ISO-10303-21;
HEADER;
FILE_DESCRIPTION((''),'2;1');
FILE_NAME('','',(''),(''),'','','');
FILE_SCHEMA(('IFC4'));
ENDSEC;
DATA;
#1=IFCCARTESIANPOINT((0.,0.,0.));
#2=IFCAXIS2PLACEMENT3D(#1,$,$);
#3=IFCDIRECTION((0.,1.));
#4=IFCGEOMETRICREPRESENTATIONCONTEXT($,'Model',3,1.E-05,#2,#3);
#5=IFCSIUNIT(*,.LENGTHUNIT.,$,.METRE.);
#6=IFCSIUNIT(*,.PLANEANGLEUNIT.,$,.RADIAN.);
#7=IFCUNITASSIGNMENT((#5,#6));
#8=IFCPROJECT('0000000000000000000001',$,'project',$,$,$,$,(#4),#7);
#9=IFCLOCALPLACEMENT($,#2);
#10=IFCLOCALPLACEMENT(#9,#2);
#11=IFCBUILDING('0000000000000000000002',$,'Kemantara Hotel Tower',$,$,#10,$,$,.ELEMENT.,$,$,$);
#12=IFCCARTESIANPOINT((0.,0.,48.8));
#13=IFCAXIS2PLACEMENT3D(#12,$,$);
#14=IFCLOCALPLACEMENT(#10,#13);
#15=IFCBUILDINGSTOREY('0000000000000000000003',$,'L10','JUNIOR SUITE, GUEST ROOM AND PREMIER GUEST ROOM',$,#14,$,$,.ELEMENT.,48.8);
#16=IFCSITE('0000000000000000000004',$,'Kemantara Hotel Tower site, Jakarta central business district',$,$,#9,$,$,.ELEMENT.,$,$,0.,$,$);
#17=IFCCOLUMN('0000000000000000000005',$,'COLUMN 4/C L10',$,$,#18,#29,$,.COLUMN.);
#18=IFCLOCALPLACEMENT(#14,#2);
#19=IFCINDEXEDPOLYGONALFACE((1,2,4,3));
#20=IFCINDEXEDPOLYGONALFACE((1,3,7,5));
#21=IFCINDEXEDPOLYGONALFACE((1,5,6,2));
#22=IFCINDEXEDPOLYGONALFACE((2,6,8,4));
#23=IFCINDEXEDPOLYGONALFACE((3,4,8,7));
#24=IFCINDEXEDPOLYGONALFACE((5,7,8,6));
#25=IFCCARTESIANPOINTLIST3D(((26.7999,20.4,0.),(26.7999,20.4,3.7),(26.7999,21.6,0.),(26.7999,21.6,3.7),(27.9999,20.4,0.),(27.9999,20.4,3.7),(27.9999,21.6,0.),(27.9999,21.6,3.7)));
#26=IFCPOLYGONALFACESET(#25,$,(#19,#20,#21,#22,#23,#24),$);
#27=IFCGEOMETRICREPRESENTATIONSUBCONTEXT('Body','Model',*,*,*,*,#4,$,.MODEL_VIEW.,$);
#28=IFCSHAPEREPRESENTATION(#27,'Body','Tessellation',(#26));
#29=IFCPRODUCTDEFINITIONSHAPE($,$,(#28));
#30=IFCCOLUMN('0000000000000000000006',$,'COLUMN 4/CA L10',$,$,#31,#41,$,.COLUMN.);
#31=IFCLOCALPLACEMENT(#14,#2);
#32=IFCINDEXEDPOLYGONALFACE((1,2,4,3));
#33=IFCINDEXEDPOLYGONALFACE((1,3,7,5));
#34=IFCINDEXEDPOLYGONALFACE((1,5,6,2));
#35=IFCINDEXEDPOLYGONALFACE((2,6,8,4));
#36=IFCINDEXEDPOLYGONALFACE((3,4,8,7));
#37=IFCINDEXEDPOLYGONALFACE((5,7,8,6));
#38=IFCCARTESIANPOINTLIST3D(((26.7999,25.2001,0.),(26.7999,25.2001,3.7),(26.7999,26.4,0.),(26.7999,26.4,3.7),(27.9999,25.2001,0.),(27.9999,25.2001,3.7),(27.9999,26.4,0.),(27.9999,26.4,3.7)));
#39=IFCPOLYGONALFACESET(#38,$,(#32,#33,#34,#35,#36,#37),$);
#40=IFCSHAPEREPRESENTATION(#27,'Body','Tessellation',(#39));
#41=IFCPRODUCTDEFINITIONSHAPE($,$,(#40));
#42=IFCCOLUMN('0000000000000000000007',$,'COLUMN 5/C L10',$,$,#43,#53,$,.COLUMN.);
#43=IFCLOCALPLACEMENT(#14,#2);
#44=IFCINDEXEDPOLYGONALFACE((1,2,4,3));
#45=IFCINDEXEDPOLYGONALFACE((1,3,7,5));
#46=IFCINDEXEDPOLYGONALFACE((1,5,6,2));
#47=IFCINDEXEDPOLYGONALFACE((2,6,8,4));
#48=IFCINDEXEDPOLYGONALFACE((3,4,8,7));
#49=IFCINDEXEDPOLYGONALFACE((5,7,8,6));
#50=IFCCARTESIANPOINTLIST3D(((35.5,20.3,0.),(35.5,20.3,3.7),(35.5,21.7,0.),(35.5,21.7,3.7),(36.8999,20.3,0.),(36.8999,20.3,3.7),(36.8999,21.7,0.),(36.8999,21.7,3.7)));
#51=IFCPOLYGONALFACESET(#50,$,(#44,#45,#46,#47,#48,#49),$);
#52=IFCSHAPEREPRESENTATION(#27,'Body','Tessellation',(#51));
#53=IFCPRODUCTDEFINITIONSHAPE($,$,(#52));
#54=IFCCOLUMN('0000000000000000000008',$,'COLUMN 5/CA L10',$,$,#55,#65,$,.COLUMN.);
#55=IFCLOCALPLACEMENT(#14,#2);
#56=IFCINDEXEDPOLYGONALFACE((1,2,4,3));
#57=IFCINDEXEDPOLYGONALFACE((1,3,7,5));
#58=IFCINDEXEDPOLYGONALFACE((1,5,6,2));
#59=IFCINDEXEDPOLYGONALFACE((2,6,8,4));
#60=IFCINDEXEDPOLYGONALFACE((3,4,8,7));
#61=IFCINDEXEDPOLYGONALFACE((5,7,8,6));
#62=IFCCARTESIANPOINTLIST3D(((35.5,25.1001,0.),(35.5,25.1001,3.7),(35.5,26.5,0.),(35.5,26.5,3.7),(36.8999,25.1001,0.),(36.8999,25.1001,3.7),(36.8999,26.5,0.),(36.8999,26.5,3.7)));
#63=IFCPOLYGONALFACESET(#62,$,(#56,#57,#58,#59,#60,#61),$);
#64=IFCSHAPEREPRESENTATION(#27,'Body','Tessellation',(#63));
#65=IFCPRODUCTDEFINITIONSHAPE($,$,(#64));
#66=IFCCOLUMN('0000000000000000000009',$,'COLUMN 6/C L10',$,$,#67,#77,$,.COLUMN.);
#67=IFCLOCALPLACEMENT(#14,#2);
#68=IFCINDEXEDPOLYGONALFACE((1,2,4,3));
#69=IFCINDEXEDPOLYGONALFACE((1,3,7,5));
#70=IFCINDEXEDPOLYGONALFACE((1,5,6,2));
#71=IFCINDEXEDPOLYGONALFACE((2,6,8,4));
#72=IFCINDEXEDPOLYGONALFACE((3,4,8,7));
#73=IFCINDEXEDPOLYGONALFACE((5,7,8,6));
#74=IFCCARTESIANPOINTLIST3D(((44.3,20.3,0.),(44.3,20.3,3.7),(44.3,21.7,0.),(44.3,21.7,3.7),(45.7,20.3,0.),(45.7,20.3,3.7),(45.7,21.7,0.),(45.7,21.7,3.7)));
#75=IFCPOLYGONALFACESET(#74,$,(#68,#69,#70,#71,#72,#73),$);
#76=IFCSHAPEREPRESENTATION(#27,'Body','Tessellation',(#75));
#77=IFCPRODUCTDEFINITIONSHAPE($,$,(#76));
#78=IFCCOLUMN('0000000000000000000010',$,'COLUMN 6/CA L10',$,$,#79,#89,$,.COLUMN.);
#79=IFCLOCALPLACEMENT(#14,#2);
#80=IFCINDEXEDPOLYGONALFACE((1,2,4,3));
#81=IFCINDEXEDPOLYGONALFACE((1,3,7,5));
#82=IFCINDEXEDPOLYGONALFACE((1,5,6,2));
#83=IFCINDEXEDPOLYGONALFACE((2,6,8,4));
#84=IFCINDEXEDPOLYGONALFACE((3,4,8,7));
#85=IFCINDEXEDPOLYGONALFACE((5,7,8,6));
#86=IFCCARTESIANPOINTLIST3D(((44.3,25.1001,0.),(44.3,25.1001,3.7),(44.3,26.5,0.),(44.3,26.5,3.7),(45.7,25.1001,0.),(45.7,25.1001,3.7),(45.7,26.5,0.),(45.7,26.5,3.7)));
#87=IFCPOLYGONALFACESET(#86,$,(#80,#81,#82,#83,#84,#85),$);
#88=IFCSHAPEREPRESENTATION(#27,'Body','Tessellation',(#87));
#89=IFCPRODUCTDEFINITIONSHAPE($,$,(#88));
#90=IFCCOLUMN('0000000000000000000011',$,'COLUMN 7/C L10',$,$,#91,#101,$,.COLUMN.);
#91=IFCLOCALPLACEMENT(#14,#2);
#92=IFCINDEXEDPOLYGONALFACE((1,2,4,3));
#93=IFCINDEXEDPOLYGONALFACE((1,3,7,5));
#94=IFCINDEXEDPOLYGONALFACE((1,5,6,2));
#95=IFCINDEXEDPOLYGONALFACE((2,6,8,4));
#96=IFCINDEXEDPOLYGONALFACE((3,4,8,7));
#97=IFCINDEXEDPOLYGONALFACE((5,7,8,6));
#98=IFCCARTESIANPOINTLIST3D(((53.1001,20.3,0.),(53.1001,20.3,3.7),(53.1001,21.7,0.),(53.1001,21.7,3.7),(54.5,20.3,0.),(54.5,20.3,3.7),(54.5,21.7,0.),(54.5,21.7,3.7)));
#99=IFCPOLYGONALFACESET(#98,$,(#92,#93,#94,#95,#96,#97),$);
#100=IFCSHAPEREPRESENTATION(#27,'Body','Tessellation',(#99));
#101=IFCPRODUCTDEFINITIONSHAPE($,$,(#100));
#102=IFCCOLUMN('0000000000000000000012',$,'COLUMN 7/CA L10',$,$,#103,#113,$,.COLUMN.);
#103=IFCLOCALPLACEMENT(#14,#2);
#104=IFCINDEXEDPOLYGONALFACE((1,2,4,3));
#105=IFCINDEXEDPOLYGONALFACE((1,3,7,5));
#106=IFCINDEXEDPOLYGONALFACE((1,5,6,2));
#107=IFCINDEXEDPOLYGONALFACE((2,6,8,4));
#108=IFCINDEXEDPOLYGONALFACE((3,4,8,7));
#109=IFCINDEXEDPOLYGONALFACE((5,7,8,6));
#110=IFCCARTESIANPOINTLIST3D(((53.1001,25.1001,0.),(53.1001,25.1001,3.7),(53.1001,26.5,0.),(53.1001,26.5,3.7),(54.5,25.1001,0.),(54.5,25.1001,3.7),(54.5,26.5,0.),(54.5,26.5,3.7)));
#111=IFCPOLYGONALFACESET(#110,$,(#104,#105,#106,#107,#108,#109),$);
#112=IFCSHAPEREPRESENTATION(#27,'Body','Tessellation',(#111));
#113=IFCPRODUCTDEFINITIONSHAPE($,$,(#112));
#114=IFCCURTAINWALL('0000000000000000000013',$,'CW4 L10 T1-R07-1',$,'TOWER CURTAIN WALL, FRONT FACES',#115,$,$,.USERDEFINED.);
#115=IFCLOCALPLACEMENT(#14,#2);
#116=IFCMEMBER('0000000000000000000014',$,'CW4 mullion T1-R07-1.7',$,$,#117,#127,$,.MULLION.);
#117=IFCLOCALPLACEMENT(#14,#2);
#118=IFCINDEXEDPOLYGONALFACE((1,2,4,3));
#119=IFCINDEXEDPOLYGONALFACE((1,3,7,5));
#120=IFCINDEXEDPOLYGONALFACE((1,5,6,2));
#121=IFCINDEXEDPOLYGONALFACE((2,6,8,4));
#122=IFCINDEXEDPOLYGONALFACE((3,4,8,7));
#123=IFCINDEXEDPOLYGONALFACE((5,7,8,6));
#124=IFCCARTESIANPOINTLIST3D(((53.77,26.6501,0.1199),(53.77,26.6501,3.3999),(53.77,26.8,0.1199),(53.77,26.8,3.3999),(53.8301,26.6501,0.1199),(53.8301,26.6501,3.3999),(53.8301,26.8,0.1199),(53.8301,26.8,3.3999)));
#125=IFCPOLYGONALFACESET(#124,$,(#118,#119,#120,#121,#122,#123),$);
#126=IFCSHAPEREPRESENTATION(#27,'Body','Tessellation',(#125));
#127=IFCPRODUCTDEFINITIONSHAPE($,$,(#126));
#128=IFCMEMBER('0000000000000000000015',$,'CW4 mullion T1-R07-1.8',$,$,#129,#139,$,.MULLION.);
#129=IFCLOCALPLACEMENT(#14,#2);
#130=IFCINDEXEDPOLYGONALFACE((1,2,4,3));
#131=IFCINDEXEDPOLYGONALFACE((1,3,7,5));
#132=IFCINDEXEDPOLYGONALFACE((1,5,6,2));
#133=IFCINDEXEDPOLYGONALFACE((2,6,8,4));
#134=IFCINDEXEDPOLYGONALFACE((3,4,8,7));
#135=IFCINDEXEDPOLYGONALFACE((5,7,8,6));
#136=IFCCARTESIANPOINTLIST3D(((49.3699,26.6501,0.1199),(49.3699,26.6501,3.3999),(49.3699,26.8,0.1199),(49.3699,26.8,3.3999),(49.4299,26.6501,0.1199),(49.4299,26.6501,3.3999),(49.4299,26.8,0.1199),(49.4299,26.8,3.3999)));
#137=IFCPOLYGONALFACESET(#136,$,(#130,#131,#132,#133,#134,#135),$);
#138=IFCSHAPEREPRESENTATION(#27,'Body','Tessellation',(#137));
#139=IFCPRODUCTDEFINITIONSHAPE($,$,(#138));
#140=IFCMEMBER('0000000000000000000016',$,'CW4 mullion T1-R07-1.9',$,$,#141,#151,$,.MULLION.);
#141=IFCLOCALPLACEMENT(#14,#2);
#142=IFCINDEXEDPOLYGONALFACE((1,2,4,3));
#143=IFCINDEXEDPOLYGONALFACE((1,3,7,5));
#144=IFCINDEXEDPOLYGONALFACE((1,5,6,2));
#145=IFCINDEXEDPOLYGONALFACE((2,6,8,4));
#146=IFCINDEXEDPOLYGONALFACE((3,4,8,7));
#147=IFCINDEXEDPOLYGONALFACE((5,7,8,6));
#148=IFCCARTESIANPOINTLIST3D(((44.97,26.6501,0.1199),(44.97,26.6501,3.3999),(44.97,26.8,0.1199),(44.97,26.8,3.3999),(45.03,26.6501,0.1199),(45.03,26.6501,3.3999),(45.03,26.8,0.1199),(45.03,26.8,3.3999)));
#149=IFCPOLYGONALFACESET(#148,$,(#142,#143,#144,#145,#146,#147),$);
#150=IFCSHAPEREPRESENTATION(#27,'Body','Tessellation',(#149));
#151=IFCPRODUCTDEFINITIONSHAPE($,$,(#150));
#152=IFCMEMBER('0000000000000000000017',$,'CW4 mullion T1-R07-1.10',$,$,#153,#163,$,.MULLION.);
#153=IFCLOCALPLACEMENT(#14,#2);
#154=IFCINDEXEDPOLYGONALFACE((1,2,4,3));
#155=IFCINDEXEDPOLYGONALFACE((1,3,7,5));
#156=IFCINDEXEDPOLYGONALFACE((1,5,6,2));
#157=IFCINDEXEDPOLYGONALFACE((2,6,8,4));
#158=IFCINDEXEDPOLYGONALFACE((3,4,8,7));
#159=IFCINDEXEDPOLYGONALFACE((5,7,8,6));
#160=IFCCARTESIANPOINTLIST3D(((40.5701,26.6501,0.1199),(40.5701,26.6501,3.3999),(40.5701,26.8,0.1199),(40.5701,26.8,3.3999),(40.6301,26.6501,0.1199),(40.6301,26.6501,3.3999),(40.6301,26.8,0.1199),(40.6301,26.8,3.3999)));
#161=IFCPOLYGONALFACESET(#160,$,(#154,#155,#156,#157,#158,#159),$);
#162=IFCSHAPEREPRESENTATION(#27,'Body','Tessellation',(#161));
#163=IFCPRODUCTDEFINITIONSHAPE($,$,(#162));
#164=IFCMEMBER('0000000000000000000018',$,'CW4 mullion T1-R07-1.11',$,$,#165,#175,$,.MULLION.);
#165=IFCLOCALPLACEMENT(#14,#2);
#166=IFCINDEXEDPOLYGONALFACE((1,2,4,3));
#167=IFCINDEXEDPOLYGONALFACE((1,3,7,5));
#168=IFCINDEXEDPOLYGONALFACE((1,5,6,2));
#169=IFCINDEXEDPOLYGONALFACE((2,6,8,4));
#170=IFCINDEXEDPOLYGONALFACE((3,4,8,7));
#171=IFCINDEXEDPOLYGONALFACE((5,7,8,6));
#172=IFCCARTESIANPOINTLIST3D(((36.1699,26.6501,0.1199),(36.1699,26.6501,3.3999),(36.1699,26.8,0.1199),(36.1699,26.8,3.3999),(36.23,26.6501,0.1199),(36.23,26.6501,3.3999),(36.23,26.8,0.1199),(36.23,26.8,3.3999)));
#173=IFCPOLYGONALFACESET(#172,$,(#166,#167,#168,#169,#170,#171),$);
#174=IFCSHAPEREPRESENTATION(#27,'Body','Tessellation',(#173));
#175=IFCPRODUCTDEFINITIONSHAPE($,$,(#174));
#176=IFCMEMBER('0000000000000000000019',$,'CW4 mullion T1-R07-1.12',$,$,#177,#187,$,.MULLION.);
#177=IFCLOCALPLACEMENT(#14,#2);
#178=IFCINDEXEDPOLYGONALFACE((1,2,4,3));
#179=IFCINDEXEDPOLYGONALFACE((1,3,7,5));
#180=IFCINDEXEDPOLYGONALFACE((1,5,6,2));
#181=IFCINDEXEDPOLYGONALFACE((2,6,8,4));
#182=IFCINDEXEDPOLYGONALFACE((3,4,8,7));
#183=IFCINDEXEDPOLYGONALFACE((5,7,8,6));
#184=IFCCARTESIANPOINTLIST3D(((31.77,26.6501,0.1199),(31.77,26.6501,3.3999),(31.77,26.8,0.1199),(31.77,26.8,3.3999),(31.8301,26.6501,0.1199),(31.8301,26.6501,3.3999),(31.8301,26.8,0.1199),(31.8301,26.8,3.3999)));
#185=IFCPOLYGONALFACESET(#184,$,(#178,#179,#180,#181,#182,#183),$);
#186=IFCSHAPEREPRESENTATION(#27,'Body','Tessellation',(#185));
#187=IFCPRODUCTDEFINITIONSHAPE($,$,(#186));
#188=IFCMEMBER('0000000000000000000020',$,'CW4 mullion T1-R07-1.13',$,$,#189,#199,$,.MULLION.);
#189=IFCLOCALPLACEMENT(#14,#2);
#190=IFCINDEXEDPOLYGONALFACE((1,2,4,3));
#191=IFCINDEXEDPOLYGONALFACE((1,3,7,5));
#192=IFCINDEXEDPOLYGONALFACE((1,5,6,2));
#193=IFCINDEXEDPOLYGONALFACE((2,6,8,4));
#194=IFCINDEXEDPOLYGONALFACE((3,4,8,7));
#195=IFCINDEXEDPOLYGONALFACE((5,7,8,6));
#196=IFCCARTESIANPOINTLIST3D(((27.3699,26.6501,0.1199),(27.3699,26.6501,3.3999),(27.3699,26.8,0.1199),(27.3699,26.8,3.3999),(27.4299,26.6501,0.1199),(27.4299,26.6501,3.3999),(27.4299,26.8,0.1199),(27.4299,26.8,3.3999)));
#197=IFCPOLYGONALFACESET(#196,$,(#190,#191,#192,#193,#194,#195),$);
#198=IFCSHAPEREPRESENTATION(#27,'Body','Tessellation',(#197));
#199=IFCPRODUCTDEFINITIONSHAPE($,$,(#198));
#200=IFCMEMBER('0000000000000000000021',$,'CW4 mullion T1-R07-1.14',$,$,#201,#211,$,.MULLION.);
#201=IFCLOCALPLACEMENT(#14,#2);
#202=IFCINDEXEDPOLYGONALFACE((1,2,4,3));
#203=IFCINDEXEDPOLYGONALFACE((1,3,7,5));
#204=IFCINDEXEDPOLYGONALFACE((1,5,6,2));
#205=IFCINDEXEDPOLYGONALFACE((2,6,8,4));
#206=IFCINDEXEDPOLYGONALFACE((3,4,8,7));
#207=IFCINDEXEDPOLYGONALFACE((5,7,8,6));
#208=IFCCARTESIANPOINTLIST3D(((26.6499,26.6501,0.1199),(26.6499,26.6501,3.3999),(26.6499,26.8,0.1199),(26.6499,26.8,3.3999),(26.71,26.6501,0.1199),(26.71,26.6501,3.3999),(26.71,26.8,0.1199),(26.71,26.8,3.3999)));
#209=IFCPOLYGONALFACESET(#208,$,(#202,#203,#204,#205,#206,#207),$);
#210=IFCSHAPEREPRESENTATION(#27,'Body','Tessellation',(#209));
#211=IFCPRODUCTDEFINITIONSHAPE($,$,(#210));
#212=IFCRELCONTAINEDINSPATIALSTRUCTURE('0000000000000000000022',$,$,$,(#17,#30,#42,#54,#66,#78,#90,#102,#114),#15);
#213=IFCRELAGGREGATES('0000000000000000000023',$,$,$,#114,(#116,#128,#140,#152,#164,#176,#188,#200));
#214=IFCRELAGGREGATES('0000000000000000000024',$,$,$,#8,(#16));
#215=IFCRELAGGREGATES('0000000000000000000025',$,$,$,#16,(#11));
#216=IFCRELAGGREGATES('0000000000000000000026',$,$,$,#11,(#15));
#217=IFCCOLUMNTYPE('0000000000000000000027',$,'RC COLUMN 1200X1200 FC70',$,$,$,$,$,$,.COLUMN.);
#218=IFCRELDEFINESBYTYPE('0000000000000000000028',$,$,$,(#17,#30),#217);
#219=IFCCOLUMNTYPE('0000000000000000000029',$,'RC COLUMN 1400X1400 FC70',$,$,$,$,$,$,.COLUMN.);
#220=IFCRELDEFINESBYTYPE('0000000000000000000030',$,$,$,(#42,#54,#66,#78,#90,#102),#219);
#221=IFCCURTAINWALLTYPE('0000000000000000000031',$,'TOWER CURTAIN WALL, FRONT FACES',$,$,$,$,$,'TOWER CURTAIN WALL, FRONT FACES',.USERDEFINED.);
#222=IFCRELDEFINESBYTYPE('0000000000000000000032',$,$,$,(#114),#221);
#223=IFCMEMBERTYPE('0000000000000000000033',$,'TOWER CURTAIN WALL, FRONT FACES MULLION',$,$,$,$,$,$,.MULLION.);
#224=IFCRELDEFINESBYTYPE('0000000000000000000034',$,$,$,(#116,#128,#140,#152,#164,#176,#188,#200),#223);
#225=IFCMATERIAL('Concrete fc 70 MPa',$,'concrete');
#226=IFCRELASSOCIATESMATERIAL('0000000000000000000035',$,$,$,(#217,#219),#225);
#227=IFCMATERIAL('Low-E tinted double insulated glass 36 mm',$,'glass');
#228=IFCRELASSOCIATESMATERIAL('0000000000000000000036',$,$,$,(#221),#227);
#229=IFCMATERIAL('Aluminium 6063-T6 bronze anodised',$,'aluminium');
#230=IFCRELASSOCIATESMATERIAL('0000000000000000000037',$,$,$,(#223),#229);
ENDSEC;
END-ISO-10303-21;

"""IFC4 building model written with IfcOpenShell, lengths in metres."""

from ifc_helpers import new_model, si_unit, direction, frame, origin, origin_2d, place, context, subcontext, project, spatial, rectangle, extrude, source, transform, mapped, material, material_profile, profile_set, type_object, element, aggregate, save


model = new_model("IFC4")

# Units and contexts
model_context = context("Model", 3, precision=1e-05, world=origin(), true_north=direction((0.0, 1.0)))
body_context = subcontext(model_context, "Body", "Model", "MODEL_VIEW")
ifc_project = project(units=[si_unit("LENGTHUNIT", "METRE"), si_unit("PLANEANGLEUNIT", "RADIAN")], contexts=[model_context])

# Site, building, storey
site_placement = place(None, origin())
site = spatial("IfcSite", under=ifc_project, at=site_placement, Name="Kemantara Hotel Tower site, Jakarta central business district", CompositionType="ELEMENT", RefElevation=0.0)
building_placement = place(site_placement, origin())
building = spatial("IfcBuilding", under=site, at=building_placement, Name="Kemantara Hotel Tower", CompositionType="ELEMENT")
storey_placement = place(building_placement, frame((0.0, 0.0, 48.8)))
storey = spatial("IfcBuildingStorey", under=building, at=storey_placement, Name="L10", Description="JUNIOR SUITE, GUEST ROOM AND PREMIER GUEST ROOM", CompositionType="ELEMENT", Elevation=48.8)

# Columns
ifc_material_1 = material(Name="Concrete fc 70 MPa", Category="concrete")
ifc_material_profile_1 = material_profile(ifc_material_1, rectangle(XDim=1.2, YDim=1.2, at=origin_2d()), Name="RC 1200X1200")
ifc_profile_set_1 = profile_set([ifc_material_profile_1], Name="Concrete fc 70 MPa")
column_type_1 = type_object("IfcColumnType", Name="RC COLUMN 1200X1200 FC70", PredefinedType="COLUMN", material=ifc_profile_set_1)
for number, where, z_axis, x_axis, name in (
    (1, (27.3999, 21.0, 0.0), (0.0, 0.0, 1.0), (1.0, 0.0, 0.0), "COLUMN 4/C L10"),
    (2, (27.3999, 25.8, 0.0), (0.0, 0.0, 1.0), (1.0, 0.0, 0.0), "COLUMN 4/CA L10"),
):
    element("IfcColumn", number, at=place(storey_placement, frame(where, z_axis=z_axis, x_axis=x_axis)), inside=storey, type_object=column_type_1, Name=name, PredefinedType="COLUMN", context=body_context, shape_type="SweptSolid", body=[
        extrude(rectangle(XDim=1.2, YDim=1.2, at=origin_2d()), origin(), (0.0, 0.0, 1.0), 3.7),
    ])
ifc_material_profile_2 = material_profile(ifc_material_1, rectangle(XDim=1.3999, YDim=1.3999, at=origin_2d()), Name="RC 1400X1400")
ifc_profile_set_2 = profile_set([ifc_material_profile_2], Name="Concrete fc 70 MPa")
column_type_2 = type_object("IfcColumnType", Name="RC COLUMN 1400X1400 FC70", PredefinedType="COLUMN", material=ifc_profile_set_2)
for number, where, z_axis, x_axis, name in (
    (3, (36.2, 21.0, 0.0), (0.0, 0.0, 1.0), (1.0, 0.0, 0.0), "COLUMN 5/C L10"),
    (4, (36.2, 25.8, 0.0), (0.0, 0.0, 1.0), (1.0, 0.0, 0.0), "COLUMN 5/CA L10"),
    (5, (45.0, 21.0, 0.0), (0.0, 0.0, 1.0), (1.0, 0.0, 0.0), "COLUMN 6/C L10"),
    (6, (45.0, 25.8, 0.0), (0.0, 0.0, 1.0), (1.0, 0.0, 0.0), "COLUMN 6/CA L10"),
    (7, (53.8, 21.0, 0.0), (0.0, 0.0, 1.0), (1.0, 0.0, 0.0), "COLUMN 7/C L10"),
    (8, (53.8, 25.8, 0.0), (0.0, 0.0, 1.0), (1.0, 0.0, 0.0), "COLUMN 7/CA L10"),
):
    element("IfcColumn", number, at=place(storey_placement, frame(where, z_axis=z_axis, x_axis=x_axis)), inside=storey, type_object=column_type_2, Name=name, PredefinedType="COLUMN", context=body_context, shape_type="SweptSolid", body=[
        extrude(rectangle(XDim=1.3999, YDim=1.3999, at=origin_2d()), origin(), (0.0, 0.0, 1.0), 3.7),
    ])

# Curtain wall, members
ifc_material_2 = material(Name="Low-E tinted double insulated glass 36 mm", Category="glass")
curtain_wall_type = type_object("IfcCurtainWallType", Name="TOWER CURTAIN WALL, FRONT FACES", ElementType="TOWER CURTAIN WALL, FRONT FACES", PredefinedType="USERDEFINED", material=ifc_material_2)
curtain_wall_placement = place(storey_placement, origin())
curtain_wall = element("IfcCurtainWall", 9, at=curtain_wall_placement, inside=storey, type_object=curtain_wall_type, Name="CW4 L10 T1-R07-1", ObjectType="TOWER CURTAIN WALL, FRONT FACES", PredefinedType="USERDEFINED")
ifc_material_3 = material(Name="Aluminium 6063-T6 bronze anodised", Category="aluminium")
ifc_material_profile_3 = material_profile(ifc_material_3, rectangle(XDim=0.1499, YDim=0.0601, at=origin_2d()), Name="TOWER CURTAIN WALL, FRONT FACES MULLION")
ifc_profile_set_3 = profile_set([ifc_material_profile_3], Name="Aluminium 6063-T6 bronze anodised")
member_type = type_object("IfcMemberType", Name="TOWER CURTAIN WALL, FRONT FACES MULLION", PredefinedType="MULLION", material=ifc_profile_set_3)
shared_shape_1 = source(origin(), body_context, "Body", "SweptSolid", [
    extrude(rectangle(XDim=0.1499, YDim=0.0601, at=origin_2d()), origin(), (0.0, 0.0, 1.0), 3.28),
])
member_1_placement = place(storey_placement, frame((53.8, 26.7251, 0.1199), z_axis=(0.0, 0.0, 1.0), x_axis=(0.0, -1.0, 0.0)))
member_1 = element("IfcMember", 10, at=member_1_placement, type_object=member_type, Name="CW4 mullion T1-R07-1.7", PredefinedType="MULLION", context=body_context, shape_type="MappedRepresentation", body=[
    mapped(shared_shape_1, transform((0.0, 0.0, 0.0))),
])
member_2_placement = place(storey_placement, frame((49.3999, 26.7251, 0.1199), z_axis=(0.0, 0.0, 1.0), x_axis=(0.0, -1.0, 0.0)))
member_2 = element("IfcMember", 11, at=member_2_placement, type_object=member_type, Name="CW4 mullion T1-R07-1.8", PredefinedType="MULLION", context=body_context, shape_type="MappedRepresentation", body=[
    mapped(shared_shape_1, transform((0.0, 0.0, 0.0))),
])
member_3_placement = place(storey_placement, frame((45.0, 26.7251, 0.1199), z_axis=(0.0, 0.0, 1.0), x_axis=(0.0, -1.0, 0.0)))
member_3 = element("IfcMember", 12, at=member_3_placement, type_object=member_type, Name="CW4 mullion T1-R07-1.9", PredefinedType="MULLION", context=body_context, shape_type="MappedRepresentation", body=[
    mapped(shared_shape_1, transform((0.0, 0.0, 0.0))),
])
member_4_placement = place(storey_placement, frame((40.6001, 26.7251, 0.1199), z_axis=(0.0, 0.0, 1.0), x_axis=(0.0, -1.0, 0.0)))
member_4 = element("IfcMember", 13, at=member_4_placement, type_object=member_type, Name="CW4 mullion T1-R07-1.10", PredefinedType="MULLION", context=body_context, shape_type="MappedRepresentation", body=[
    mapped(shared_shape_1, transform((0.0, 0.0, 0.0))),
])
member_5_placement = place(storey_placement, frame((36.2, 26.7251, 0.1199), z_axis=(0.0, 0.0, 1.0), x_axis=(0.0, -1.0, 0.0)))
member_5 = element("IfcMember", 14, at=member_5_placement, type_object=member_type, Name="CW4 mullion T1-R07-1.11", PredefinedType="MULLION", context=body_context, shape_type="MappedRepresentation", body=[
    mapped(shared_shape_1, transform((0.0, 0.0, 0.0))),
])
member_6_placement = place(storey_placement, frame((31.8, 26.7251, 0.1199), z_axis=(0.0, 0.0, 1.0), x_axis=(0.0, -1.0, 0.0)))
member_6 = element("IfcMember", 15, at=member_6_placement, type_object=member_type, Name="CW4 mullion T1-R07-1.12", PredefinedType="MULLION", context=body_context, shape_type="MappedRepresentation", body=[
    mapped(shared_shape_1, transform((0.0, 0.0, 0.0))),
])
member_7_placement = place(storey_placement, frame((27.3999, 26.7251, 0.1199), z_axis=(0.0, 0.0, 1.0), x_axis=(0.0, -1.0, 0.0)))
member_7 = element("IfcMember", 16, at=member_7_placement, type_object=member_type, Name="CW4 mullion T1-R07-1.13", PredefinedType="MULLION", context=body_context, shape_type="MappedRepresentation", body=[
    mapped(shared_shape_1, transform((0.0, 0.0, 0.0))),
])
member_8_placement = place(storey_placement, frame((26.6799, 26.7251, 0.1199), z_axis=(0.0, 0.0, 1.0), x_axis=(0.0, -1.0, 0.0)))
member_8 = element("IfcMember", 17, at=member_8_placement, type_object=member_type, Name="CW4 mullion T1-R07-1.14", PredefinedType="MULLION", context=body_context, shape_type="MappedRepresentation", body=[
    mapped(shared_shape_1, transform((0.0, 0.0, 0.0))),
])
aggregate(curtain_wall, [member_1, member_2, member_3, member_4, member_5, member_6, member_7, member_8])

save(model, "model.ifc")
